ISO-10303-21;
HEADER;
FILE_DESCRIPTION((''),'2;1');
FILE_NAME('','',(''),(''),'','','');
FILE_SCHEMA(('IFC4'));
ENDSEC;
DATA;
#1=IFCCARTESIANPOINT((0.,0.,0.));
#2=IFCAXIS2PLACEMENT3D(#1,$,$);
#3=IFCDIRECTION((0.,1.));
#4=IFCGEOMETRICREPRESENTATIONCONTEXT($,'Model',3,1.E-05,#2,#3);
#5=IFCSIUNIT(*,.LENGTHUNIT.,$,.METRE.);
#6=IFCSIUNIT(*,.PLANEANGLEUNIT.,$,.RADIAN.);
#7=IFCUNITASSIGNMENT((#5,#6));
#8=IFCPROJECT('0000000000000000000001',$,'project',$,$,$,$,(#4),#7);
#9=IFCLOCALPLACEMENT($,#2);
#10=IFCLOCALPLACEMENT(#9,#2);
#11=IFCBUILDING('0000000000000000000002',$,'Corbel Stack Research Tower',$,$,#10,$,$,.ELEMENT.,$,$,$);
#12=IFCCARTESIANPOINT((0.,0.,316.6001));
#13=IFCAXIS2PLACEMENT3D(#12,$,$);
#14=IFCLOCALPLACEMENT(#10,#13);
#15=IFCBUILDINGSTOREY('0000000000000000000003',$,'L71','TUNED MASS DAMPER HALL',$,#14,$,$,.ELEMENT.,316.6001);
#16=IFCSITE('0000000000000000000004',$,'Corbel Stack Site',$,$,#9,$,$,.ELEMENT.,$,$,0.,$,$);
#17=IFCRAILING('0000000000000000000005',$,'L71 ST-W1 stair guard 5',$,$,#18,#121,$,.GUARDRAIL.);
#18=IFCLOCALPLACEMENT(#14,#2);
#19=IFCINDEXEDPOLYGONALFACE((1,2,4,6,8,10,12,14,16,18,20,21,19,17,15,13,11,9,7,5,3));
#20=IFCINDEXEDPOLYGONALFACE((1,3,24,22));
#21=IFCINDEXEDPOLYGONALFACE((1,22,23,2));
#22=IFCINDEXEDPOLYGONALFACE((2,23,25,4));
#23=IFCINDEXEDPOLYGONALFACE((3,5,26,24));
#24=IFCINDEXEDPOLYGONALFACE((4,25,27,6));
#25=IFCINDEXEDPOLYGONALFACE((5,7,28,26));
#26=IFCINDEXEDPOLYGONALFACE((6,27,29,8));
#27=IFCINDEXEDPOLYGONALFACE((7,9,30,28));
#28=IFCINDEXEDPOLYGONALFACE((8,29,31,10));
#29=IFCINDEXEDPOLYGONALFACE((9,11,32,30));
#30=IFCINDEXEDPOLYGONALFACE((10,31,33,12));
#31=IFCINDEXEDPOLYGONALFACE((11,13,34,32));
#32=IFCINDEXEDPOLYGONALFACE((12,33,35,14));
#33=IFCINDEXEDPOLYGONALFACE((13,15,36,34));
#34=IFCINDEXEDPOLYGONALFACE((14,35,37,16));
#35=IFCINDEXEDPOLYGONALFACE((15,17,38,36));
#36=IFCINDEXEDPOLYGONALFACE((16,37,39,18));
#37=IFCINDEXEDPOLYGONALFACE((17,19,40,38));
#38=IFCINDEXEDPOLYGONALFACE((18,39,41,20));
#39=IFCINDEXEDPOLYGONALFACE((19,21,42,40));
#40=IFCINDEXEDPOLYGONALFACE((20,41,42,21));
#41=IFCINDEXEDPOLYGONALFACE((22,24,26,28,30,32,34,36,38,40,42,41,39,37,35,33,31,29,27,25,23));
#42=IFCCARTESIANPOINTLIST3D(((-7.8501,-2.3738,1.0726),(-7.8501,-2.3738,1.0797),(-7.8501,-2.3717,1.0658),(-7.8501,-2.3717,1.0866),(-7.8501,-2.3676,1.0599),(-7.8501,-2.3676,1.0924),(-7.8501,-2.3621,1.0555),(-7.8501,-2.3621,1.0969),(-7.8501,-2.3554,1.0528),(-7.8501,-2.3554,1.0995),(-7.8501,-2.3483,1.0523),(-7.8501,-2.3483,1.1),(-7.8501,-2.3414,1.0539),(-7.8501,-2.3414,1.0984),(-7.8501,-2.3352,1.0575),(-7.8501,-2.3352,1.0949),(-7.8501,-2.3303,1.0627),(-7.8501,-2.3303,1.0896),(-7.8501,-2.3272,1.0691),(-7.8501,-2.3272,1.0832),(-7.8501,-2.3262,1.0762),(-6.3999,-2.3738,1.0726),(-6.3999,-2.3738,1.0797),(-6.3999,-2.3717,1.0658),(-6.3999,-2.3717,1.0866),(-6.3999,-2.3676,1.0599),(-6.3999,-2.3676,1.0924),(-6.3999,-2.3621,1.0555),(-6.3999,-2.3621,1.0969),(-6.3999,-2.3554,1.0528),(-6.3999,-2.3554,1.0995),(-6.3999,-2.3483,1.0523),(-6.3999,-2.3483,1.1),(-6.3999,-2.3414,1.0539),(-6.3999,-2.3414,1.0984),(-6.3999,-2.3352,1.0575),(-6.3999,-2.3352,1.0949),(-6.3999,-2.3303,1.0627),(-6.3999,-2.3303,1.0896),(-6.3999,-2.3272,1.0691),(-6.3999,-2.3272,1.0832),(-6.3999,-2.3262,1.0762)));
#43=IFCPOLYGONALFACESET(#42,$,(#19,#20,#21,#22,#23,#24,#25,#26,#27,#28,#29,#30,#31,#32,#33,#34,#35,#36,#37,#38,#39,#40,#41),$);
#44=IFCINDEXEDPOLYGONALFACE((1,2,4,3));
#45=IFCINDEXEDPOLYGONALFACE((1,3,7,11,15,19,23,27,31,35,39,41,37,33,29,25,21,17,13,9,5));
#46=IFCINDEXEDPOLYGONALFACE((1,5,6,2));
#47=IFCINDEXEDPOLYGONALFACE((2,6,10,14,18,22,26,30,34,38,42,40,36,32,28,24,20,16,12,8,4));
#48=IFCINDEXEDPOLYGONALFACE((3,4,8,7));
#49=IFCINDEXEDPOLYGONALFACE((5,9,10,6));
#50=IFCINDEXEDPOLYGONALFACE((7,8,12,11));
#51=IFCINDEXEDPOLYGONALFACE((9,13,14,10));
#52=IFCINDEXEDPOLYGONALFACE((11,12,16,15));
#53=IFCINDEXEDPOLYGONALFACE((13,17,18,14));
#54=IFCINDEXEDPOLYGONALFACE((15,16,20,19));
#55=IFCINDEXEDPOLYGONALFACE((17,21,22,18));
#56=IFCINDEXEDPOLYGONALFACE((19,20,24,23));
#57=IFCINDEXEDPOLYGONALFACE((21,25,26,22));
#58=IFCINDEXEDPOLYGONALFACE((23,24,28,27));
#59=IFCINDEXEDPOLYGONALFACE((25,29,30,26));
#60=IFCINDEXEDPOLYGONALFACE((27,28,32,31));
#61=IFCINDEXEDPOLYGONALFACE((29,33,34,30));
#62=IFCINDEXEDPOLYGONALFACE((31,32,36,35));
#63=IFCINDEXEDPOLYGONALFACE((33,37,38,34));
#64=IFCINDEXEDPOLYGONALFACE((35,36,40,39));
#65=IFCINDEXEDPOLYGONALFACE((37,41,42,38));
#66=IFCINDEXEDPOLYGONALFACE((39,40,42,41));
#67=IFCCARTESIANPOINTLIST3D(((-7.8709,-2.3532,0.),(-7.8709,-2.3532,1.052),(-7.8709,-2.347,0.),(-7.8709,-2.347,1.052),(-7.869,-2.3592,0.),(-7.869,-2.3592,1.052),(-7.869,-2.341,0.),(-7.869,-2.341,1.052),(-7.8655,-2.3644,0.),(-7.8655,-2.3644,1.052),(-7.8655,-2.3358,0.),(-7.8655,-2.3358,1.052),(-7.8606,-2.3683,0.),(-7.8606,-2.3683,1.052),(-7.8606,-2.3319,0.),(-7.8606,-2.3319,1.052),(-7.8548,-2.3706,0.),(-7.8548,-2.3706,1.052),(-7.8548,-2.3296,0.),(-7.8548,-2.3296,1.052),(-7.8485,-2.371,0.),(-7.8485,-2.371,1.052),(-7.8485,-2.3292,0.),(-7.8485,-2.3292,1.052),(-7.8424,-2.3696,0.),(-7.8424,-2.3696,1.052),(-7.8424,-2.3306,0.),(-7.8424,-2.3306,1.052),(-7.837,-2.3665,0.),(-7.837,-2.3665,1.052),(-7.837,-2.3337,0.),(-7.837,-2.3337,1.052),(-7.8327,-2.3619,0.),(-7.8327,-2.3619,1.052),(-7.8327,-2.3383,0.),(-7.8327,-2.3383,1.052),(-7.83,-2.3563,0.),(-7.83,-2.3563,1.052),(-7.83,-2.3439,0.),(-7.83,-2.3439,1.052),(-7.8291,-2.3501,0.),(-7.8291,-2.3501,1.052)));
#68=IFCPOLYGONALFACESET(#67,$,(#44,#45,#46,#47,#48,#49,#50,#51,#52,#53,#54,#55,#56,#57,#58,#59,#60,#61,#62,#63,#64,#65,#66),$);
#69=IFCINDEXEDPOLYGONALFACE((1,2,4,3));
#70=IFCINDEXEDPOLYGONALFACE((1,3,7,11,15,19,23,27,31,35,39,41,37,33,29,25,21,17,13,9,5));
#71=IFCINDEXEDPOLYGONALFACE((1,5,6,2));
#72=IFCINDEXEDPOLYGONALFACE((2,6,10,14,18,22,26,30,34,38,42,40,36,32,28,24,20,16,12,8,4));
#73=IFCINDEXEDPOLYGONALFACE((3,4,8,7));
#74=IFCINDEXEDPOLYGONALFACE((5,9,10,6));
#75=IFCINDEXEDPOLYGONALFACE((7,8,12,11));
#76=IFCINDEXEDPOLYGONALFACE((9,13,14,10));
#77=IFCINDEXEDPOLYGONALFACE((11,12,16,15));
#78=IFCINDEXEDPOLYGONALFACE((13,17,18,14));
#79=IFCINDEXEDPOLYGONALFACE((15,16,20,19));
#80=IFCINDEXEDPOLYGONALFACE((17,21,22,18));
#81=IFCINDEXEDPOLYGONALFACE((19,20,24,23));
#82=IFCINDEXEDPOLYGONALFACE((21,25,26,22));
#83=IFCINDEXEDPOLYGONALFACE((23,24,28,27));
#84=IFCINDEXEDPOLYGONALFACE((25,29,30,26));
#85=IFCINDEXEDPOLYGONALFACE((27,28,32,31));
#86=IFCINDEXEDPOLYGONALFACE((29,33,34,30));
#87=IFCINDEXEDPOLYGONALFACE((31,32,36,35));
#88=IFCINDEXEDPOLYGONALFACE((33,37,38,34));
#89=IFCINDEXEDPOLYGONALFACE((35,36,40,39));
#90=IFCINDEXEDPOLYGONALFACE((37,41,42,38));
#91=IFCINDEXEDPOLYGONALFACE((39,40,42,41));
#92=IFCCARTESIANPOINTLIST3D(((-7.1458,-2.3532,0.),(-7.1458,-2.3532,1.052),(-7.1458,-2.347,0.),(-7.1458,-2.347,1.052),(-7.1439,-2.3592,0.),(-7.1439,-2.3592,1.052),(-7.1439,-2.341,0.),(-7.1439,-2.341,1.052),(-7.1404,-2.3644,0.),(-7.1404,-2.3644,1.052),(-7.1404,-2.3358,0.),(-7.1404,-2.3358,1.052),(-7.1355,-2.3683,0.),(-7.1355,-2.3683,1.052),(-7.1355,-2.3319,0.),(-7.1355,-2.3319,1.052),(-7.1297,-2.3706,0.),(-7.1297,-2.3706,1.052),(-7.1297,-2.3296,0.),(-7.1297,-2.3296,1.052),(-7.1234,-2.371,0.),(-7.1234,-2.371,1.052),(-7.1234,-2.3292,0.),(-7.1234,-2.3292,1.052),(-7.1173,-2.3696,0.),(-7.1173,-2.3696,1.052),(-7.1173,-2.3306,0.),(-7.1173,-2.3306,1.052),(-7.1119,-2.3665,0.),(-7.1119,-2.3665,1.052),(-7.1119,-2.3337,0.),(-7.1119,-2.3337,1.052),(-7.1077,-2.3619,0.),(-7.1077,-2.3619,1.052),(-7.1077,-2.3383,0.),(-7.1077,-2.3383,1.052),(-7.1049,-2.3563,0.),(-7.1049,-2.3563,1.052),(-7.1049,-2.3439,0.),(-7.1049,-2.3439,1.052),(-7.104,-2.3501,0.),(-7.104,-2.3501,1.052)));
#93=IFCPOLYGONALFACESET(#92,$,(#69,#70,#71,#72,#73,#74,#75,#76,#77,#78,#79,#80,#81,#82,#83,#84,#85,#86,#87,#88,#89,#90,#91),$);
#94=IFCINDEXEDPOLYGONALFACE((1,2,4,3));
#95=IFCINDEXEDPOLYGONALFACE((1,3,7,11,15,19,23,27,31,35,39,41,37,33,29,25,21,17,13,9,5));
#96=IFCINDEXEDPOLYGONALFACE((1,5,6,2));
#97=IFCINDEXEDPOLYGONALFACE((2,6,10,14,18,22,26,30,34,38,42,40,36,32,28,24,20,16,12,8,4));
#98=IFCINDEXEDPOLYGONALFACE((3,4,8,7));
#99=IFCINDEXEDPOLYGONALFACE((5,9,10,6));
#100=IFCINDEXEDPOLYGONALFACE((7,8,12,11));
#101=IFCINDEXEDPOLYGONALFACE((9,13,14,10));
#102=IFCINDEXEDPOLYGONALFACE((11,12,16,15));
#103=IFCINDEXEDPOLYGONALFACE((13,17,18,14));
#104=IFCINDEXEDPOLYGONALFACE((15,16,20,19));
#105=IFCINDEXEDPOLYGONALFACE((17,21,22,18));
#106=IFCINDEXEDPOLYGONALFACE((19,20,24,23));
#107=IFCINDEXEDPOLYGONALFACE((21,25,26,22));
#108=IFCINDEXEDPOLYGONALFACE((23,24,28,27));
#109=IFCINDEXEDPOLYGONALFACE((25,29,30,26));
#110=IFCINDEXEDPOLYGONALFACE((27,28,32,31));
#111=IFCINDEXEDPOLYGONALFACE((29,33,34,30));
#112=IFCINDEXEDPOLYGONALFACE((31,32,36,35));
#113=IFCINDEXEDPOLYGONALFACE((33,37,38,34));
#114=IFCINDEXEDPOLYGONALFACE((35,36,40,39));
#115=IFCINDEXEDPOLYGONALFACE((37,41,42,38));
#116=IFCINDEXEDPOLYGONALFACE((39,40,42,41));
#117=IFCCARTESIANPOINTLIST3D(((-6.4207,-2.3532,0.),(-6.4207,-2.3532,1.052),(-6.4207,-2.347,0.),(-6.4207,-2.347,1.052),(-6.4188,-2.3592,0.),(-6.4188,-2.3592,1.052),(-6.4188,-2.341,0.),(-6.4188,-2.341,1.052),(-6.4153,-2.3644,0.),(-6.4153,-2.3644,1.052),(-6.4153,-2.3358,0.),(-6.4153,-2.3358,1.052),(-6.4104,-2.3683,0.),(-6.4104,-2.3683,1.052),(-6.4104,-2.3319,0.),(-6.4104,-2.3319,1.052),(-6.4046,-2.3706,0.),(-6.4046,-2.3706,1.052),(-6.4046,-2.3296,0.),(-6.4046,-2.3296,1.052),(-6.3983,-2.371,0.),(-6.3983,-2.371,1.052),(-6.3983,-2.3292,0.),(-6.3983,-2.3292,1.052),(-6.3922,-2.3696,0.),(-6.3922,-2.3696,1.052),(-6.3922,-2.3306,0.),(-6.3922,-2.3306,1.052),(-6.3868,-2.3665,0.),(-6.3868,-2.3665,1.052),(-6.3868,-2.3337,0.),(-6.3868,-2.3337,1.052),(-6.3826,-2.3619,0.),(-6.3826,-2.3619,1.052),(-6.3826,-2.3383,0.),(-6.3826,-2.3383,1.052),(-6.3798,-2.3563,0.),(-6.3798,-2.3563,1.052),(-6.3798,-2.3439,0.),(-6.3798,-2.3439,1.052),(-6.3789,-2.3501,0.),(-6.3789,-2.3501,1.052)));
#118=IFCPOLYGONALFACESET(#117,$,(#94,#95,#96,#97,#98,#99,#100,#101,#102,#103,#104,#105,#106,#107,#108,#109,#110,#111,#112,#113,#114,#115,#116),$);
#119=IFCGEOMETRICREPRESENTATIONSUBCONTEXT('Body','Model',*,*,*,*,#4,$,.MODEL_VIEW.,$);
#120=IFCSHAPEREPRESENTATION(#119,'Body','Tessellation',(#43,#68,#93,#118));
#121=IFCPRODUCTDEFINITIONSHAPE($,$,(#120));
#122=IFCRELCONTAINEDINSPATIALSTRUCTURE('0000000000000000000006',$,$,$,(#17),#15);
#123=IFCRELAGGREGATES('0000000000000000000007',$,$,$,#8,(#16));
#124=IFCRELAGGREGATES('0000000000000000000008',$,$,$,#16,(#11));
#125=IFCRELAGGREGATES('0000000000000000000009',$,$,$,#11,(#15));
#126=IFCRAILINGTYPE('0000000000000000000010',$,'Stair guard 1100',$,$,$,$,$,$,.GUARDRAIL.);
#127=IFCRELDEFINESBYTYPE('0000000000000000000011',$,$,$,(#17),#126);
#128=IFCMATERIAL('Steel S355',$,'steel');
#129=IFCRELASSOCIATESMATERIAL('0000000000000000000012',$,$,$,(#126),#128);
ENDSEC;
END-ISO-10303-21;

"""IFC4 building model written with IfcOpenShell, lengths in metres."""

from ifc_helpers import new_model, si_unit, direction, frame, origin, origin_2d, place, context, subcontext, project, spatial, circle, extrude, material, type_object, element, save


model = new_model("IFC4")

# Units and contexts
model_context = context("Model", 3, precision=1e-05, world=origin(), true_north=direction((0.0, 1.0)))
body_context = subcontext(model_context, "Body", "Model", "MODEL_VIEW")
ifc_project = project(units=[si_unit("LENGTHUNIT", "METRE"), si_unit("PLANEANGLEUNIT", "RADIAN")], contexts=[model_context])

# Site, building, storey
site_placement = place(None, origin())
site = spatial("IfcSite", under=ifc_project, at=site_placement, Name="Corbel Stack Site", CompositionType="ELEMENT", RefElevation=0.0)
building_placement = place(site_placement, origin())
building = spatial("IfcBuilding", under=site, at=building_placement, Name="Corbel Stack Research Tower", CompositionType="ELEMENT")
storey_placement = place(building_placement, frame((0.0, 0.0, 316.6001)))
storey = spatial("IfcBuildingStorey", under=building, at=storey_placement, Name="L71", Description="TUNED MASS DAMPER HALL", CompositionType="ELEMENT", Elevation=316.6001)

# Railing
ifc_material_1 = material(Name="Steel S355", Category="steel")
railing_type = type_object("IfcRailingType", Name="Stair guard 1100", PredefinedType="GUARDRAIL", material=ifc_material_1)
railing_1_placement = place(storey_placement, frame((-7.8501, -2.3501, 0.0)))
element("IfcRailing", 1, at=railing_1_placement, inside=storey, type_object=railing_type, Name="L71 ST-W1 stair guard 5", PredefinedType="GUARDRAIL", context=body_context, shape_type="SweptSolid", body=[
    extrude(circle(Radius=0.0239, at=origin_2d()), frame((0.0, 0.0, 1.0762), z_axis=(1.0, 0.0, 0.0), x_axis=(0.0, 1.0, 0.0)), (0.0, 0.0, 1.0), 1.4502),
    extrude(circle(Radius=0.021, at=origin_2d()), origin(), (0.0, 0.0, 1.0), 1.052),
    extrude(circle(Radius=0.021, at=origin_2d()), frame((0.7251, 0.0, 0.0)), (0.0, 0.0, 1.0), 1.052),
    extrude(circle(Radius=0.021, at=origin_2d()), frame((1.4502, 0.0, 0.0)), (0.0, 0.0, 1.0), 1.052),
])

save(model, "model.ifc")
